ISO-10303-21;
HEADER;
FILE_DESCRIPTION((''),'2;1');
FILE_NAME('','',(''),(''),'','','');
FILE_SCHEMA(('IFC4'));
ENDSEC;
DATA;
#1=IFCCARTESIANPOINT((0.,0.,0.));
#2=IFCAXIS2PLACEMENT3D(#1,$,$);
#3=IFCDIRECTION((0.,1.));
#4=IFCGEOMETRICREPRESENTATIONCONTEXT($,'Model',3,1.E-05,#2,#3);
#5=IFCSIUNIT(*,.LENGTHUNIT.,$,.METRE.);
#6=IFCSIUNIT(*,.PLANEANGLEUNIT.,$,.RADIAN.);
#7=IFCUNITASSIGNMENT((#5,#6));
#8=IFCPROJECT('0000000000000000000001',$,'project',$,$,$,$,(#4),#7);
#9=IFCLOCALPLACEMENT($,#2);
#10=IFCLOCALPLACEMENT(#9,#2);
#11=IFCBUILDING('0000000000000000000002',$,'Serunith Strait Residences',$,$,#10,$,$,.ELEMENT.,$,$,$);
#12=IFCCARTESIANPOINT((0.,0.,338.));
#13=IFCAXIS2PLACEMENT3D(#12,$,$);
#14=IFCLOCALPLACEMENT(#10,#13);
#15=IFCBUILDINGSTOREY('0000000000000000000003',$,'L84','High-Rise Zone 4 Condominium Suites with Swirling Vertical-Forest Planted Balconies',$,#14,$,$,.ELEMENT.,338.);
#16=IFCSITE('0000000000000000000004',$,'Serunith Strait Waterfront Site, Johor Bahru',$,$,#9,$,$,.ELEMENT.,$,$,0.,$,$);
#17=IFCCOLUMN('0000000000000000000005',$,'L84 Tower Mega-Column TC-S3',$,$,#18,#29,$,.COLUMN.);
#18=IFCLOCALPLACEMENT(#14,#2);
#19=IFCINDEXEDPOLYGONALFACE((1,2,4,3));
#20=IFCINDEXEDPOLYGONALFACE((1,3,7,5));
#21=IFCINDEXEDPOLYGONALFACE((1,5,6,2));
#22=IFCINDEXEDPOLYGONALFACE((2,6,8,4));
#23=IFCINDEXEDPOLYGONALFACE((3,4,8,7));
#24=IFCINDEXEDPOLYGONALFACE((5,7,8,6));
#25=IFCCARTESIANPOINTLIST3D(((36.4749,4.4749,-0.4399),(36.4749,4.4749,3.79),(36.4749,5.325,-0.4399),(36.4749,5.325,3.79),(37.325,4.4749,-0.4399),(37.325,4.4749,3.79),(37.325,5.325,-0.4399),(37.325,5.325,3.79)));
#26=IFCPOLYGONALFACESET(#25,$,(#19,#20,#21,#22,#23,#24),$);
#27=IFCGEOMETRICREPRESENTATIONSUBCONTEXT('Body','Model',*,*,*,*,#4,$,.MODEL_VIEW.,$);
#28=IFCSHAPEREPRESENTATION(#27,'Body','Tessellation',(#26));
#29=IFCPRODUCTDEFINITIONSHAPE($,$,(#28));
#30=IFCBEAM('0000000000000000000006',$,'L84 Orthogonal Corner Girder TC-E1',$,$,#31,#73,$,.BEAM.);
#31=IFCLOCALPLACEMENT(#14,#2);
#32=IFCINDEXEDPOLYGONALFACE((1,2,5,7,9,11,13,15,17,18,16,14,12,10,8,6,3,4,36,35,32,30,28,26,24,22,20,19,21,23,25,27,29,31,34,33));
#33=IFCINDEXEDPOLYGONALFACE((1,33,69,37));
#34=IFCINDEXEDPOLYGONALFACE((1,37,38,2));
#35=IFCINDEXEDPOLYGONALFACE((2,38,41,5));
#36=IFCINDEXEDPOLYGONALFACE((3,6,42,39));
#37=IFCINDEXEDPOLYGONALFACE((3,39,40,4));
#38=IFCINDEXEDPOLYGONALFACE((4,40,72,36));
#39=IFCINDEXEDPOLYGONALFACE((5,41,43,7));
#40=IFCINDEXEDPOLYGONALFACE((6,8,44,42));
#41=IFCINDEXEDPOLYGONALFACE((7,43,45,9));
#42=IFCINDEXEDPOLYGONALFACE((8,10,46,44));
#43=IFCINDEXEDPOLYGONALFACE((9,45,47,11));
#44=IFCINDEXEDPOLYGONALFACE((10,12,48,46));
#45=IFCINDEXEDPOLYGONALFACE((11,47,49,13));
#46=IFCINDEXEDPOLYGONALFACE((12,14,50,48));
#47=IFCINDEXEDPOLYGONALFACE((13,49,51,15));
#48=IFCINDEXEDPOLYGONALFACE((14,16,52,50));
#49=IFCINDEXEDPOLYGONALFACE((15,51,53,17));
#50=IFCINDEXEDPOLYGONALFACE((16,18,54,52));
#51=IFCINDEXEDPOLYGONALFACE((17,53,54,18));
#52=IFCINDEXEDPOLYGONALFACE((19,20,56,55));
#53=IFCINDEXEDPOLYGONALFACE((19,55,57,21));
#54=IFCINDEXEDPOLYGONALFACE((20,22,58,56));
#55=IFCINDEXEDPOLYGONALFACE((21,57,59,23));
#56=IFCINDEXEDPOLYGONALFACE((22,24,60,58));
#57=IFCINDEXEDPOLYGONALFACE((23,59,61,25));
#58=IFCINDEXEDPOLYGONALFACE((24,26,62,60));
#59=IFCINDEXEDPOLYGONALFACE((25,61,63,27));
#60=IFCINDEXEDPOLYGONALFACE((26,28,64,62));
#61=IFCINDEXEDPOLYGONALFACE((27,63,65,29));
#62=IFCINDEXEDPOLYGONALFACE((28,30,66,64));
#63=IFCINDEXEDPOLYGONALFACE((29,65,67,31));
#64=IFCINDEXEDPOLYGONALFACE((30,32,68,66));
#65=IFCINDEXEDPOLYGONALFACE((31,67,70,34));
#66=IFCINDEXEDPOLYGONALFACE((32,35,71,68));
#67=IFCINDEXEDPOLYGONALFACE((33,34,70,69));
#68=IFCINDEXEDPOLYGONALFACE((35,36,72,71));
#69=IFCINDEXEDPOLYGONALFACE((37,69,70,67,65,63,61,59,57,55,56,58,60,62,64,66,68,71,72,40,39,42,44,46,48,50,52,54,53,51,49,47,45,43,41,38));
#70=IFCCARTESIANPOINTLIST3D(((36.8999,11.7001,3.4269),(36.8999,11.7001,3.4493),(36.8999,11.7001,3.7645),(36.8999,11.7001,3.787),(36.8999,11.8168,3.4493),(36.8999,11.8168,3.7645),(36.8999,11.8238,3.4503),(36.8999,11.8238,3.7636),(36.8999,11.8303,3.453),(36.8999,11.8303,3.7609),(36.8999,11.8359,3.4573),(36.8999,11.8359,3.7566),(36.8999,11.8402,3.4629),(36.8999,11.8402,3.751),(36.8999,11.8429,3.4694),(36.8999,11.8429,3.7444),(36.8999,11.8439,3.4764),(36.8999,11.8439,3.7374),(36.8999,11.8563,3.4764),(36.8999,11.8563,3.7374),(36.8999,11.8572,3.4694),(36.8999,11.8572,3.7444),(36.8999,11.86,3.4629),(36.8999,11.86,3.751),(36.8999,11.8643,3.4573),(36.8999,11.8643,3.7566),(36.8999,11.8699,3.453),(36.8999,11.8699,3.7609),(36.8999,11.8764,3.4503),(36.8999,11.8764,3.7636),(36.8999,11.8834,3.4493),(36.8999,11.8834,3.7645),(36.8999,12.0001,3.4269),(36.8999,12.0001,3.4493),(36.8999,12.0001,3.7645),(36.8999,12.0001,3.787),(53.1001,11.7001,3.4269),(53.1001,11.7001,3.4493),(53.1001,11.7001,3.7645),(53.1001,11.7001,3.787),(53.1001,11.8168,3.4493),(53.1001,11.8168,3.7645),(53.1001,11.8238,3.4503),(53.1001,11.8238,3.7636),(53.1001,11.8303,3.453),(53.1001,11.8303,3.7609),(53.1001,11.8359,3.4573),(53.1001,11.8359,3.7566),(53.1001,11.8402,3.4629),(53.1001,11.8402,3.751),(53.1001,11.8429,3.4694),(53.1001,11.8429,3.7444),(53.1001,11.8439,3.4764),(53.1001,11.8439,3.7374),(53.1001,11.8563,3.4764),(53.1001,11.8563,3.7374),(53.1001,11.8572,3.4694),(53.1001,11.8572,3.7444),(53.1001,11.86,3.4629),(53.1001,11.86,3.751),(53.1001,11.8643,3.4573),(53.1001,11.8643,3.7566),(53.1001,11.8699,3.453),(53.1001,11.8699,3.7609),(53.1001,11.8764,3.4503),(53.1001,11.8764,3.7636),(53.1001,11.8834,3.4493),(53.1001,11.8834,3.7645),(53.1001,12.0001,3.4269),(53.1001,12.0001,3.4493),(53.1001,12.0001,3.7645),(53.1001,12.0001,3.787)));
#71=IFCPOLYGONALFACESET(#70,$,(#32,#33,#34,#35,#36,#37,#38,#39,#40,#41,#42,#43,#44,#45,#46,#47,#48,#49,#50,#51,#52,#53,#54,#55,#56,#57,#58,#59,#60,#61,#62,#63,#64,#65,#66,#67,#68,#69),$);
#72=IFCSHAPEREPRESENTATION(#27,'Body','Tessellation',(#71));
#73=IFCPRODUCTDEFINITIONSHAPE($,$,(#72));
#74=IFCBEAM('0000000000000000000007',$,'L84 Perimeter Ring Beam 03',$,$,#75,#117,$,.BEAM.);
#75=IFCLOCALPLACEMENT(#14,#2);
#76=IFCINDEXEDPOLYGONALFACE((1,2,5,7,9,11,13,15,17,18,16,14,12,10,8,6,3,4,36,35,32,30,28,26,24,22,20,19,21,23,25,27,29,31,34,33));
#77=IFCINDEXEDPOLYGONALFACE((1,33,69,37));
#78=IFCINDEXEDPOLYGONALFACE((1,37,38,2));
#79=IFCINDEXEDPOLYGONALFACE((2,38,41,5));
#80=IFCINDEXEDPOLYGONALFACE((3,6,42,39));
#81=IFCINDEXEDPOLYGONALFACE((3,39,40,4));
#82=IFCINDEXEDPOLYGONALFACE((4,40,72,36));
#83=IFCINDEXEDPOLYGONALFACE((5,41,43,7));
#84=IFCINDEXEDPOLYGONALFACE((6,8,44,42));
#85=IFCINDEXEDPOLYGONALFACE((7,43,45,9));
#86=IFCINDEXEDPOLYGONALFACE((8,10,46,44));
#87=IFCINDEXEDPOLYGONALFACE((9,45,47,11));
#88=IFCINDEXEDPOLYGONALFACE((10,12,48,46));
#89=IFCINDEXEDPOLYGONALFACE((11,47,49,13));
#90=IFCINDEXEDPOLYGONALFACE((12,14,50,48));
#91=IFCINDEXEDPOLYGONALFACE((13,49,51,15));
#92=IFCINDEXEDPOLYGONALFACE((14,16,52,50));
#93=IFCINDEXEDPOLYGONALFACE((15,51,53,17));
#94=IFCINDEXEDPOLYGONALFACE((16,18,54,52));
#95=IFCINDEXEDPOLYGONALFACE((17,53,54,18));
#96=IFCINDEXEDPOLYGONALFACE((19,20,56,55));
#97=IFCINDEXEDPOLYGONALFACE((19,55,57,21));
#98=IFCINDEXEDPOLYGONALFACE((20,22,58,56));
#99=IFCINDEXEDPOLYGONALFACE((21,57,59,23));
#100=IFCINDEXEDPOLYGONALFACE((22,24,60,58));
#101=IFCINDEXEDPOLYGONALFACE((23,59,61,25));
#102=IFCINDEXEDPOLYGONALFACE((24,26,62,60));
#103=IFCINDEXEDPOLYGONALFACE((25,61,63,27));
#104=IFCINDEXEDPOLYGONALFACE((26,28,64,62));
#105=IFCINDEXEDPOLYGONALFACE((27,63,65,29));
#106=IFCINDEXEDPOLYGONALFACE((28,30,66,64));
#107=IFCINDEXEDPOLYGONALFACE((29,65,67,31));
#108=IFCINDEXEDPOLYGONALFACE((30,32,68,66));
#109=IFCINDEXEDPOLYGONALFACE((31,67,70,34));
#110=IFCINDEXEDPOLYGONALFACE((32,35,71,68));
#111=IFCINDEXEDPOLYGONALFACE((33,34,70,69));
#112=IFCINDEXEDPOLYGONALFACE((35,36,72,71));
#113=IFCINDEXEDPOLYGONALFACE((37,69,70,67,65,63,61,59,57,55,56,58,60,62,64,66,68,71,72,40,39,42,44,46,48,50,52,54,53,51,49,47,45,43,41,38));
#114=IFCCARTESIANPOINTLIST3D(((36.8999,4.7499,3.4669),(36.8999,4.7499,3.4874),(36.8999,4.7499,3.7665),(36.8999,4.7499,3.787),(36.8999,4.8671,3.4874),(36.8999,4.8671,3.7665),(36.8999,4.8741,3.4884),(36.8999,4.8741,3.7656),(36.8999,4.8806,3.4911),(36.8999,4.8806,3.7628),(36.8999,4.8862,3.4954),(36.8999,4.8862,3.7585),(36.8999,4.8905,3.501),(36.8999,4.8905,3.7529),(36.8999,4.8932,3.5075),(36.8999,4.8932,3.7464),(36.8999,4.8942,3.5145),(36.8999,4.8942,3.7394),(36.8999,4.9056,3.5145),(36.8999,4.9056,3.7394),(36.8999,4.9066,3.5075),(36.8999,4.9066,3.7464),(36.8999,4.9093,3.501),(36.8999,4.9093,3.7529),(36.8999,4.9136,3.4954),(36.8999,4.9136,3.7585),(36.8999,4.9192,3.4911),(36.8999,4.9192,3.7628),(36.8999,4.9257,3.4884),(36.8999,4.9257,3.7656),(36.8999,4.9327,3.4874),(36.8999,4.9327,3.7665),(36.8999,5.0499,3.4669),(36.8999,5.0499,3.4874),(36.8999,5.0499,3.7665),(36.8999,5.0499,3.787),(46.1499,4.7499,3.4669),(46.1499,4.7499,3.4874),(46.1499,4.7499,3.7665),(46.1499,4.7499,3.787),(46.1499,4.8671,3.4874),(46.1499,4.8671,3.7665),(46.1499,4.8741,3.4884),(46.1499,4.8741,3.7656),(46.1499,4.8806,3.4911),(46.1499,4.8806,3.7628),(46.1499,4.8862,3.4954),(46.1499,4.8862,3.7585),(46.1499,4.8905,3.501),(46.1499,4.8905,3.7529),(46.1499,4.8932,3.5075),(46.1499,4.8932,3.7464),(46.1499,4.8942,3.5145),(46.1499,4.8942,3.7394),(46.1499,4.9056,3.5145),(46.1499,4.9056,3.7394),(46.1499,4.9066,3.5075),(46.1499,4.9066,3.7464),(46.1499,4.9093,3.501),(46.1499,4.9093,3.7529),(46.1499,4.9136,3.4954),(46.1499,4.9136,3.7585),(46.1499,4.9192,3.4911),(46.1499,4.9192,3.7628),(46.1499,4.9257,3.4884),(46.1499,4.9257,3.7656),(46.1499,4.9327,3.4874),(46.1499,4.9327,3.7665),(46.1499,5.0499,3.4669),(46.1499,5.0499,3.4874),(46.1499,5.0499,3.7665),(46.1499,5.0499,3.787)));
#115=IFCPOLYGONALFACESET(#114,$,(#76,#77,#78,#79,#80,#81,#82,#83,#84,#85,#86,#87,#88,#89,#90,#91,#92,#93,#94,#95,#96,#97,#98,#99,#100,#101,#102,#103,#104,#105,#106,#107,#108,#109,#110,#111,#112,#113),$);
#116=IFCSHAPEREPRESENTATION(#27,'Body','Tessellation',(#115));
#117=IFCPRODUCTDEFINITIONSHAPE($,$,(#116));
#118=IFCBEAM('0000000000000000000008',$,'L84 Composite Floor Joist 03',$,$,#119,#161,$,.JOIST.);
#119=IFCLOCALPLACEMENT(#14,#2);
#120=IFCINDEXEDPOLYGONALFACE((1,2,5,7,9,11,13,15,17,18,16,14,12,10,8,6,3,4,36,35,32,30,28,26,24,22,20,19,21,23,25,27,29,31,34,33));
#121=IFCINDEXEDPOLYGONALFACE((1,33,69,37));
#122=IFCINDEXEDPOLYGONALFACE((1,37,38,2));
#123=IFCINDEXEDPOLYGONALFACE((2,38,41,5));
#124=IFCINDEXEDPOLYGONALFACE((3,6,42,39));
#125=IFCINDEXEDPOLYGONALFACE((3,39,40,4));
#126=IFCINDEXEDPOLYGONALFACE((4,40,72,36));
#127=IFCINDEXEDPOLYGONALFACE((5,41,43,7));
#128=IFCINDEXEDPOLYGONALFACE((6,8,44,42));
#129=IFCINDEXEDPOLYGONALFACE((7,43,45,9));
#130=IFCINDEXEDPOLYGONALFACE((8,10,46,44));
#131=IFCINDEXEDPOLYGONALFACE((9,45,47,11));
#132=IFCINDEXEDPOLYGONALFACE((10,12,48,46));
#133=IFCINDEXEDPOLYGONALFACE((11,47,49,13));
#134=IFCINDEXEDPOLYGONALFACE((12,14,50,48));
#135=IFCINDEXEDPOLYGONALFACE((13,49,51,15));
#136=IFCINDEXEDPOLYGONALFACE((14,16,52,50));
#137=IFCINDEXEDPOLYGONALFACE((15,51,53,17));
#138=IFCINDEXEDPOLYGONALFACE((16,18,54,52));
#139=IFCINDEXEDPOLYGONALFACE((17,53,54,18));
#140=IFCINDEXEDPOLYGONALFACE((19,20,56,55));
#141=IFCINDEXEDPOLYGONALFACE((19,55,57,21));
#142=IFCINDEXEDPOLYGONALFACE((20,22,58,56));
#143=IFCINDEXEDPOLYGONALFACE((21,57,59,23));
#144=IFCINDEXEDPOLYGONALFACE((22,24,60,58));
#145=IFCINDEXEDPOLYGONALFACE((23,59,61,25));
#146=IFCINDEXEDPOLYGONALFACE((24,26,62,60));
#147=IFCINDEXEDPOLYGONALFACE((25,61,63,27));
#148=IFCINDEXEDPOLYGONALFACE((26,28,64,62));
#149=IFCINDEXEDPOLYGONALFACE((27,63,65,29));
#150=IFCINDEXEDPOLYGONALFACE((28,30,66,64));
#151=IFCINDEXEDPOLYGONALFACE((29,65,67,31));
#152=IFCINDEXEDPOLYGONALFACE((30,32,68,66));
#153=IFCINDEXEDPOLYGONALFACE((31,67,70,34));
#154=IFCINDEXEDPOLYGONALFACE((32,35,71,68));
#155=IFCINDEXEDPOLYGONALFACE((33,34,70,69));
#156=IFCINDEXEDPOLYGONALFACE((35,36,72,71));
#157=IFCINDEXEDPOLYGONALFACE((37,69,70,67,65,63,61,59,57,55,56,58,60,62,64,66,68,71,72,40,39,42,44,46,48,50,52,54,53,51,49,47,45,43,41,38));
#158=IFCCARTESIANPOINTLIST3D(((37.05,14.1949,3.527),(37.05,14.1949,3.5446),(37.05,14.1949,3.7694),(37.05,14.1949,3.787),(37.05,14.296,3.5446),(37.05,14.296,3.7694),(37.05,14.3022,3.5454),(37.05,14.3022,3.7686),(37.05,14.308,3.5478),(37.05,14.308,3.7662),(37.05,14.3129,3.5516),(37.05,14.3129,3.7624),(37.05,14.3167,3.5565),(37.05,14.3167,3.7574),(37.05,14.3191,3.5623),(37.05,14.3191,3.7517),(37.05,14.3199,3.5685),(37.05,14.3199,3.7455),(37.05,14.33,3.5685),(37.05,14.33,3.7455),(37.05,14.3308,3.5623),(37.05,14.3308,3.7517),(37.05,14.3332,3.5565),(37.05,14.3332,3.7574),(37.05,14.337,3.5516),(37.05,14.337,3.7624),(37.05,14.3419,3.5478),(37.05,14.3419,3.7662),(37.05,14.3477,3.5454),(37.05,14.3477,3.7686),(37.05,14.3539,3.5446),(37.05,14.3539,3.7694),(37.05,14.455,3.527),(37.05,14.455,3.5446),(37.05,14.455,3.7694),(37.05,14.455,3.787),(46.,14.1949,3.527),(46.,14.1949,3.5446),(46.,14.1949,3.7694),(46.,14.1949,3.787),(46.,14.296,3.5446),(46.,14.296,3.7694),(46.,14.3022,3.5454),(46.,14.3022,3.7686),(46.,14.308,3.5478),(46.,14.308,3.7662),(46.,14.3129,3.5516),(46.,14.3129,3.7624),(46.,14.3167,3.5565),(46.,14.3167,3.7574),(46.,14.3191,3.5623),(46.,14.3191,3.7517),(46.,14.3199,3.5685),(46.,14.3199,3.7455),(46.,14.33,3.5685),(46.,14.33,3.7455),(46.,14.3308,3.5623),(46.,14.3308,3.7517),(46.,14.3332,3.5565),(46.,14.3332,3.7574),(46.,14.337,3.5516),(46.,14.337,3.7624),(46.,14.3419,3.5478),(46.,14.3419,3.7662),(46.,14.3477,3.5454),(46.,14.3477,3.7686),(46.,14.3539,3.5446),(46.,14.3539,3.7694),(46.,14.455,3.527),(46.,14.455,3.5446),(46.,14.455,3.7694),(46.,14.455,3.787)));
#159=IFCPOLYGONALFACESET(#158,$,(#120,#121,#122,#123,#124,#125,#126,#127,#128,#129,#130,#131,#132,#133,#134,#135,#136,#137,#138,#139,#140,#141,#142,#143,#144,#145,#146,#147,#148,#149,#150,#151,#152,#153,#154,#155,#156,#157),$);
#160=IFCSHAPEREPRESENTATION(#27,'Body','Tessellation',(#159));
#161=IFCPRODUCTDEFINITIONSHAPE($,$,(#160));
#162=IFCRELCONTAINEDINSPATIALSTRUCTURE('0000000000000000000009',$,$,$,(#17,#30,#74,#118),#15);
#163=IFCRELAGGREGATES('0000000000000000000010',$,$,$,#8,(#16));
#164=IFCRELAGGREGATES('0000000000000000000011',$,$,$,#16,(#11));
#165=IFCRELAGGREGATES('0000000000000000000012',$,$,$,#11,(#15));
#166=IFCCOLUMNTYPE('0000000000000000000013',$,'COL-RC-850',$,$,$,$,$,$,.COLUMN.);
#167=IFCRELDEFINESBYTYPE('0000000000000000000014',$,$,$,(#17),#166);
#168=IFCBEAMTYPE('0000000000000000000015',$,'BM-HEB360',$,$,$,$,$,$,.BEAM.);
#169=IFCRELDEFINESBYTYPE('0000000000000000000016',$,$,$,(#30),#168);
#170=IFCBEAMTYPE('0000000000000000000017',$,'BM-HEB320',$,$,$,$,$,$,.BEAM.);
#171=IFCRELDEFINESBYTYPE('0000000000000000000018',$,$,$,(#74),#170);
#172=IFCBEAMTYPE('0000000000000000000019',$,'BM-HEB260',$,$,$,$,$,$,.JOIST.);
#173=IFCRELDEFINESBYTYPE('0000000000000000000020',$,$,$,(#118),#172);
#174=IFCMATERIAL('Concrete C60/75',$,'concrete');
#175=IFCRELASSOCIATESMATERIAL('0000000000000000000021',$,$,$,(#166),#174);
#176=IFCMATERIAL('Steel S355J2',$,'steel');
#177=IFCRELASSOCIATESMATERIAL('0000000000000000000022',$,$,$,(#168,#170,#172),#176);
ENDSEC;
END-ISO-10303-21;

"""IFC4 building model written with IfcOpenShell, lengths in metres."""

from ifc_helpers import new_model, si_unit, direction, frame, origin, origin_2d, place, context, subcontext, project, spatial, rectangle, i_section, extrude, source, transform, mapped, material, material_profile, profile_set, type_object, element, save


model = new_model("IFC4")

# Units and contexts
model_context = context("Model", 3, precision=1e-05, world=origin(), true_north=direction((0.0, 1.0)))
body_context = subcontext(model_context, "Body", "Model", "MODEL_VIEW")
ifc_project = project(units=[si_unit("LENGTHUNIT", "METRE"), si_unit("PLANEANGLEUNIT", "RADIAN")], contexts=[model_context])

# Site, building, storey
site_placement = place(None, origin())
site = spatial("IfcSite", under=ifc_project, at=site_placement, Name="Serunith Strait Waterfront Site, Johor Bahru", CompositionType="ELEMENT", RefElevation=0.0)
building_placement = place(site_placement, origin())
building = spatial("IfcBuilding", under=site, at=building_placement, Name="Serunith Strait Residences", CompositionType="ELEMENT")
storey_placement = place(building_placement, frame((0.0, 0.0, 338.0)))
storey = spatial("IfcBuildingStorey", under=building, at=storey_placement, Name="L84", Description="High-Rise Zone 4 Condominium Suites with Swirling Vertical-Forest Planted Balconies", CompositionType="ELEMENT", Elevation=338.0)

# Column
ifc_material_1 = material(Name="Concrete C60/75", Category="concrete")
ifc_material_profile_1 = material_profile(ifc_material_1, rectangle(XDim=0.8501, YDim=0.8501, at=origin_2d()), Name="RC 850x850")
ifc_profile_set_1 = profile_set([ifc_material_profile_1], Name="Concrete C60/75")
column_type = type_object("IfcColumnType", Name="COL-RC-850", PredefinedType="COLUMN", material=ifc_profile_set_1)
shared_shape_1 = source(origin(), body_context, "Body", "SweptSolid", [
    extrude(rectangle(XDim=0.8501, YDim=0.8501, at=origin_2d()), origin(), (0.0, 0.0, 1.0), 4.23),
])
column_placement = place(storey_placement, frame((36.8999, 4.8999, -0.4399), z_axis=(0.0, 0.0, 1.0), x_axis=(1.0, 0.0, 0.0)))
element("IfcColumn", 1, at=column_placement, inside=storey, type_object=column_type, Name="L84 Tower Mega-Column TC-S3", PredefinedType="COLUMN", context=body_context, shape_type="MappedRepresentation", body=[
    mapped(shared_shape_1, transform((0.0, 0.0, 0.0), scale=1.0)),
])

# Beams
ifc_material_2 = material(Name="Steel S355J2", Category="steel")
ifc_material_profile_2 = material_profile(ifc_material_2, i_section(OverallWidth=0.3, OverallDepth=0.3601, WebThickness=0.0125, FlangeThickness=0.0225, FilletRadius=0.0271, at=origin_2d()), Name="HEB 360")
ifc_profile_set_2 = profile_set([ifc_material_profile_2], Name="Steel S355J2")
beam_type_1 = type_object("IfcBeamType", Name="BM-HEB360", PredefinedType="BEAM", material=ifc_profile_set_2)
shared_shape_2 = source(origin(), body_context, "Body", "SweptSolid", [
    extrude(i_section(OverallWidth=0.3, OverallDepth=0.3601, WebThickness=0.0125, FlangeThickness=0.0225, FilletRadius=0.0271, at=origin_2d()), origin(), (0.0, 0.0, 1.0), 16.2002),
])
beam_1_placement = place(storey_placement, frame((36.8999, 11.8501, 3.6069), z_axis=(1.0, 0.0, 0.0), x_axis=(0.0, 1.0, 0.0)))
element("IfcBeam", 2, at=beam_1_placement, inside=storey, type_object=beam_type_1, Name="L84 Orthogonal Corner Girder TC-E1", PredefinedType="BEAM", context=body_context, shape_type="MappedRepresentation", body=[
    mapped(shared_shape_2, transform((0.0, 0.0, 0.0), scale=1.0)),
])
ifc_material_profile_3 = material_profile(ifc_material_2, i_section(OverallWidth=0.3, OverallDepth=0.3201, WebThickness=0.0115, FlangeThickness=0.0205, FilletRadius=0.0271, at=origin_2d()), Name="HEB 320")
ifc_profile_set_3 = profile_set([ifc_material_profile_3], Name="Steel S355J2")
beam_type_2 = type_object("IfcBeamType", Name="BM-HEB320", PredefinedType="BEAM", material=ifc_profile_set_3)
shared_shape_3 = source(origin(), body_context, "Body", "SweptSolid", [
    extrude(i_section(OverallWidth=0.3, OverallDepth=0.3201, WebThickness=0.0115, FlangeThickness=0.0205, FilletRadius=0.0271, at=origin_2d()), origin(), (0.0, 0.0, 1.0), 9.25),
])
beam_2_placement = place(storey_placement, frame((36.8999, 4.8999, 3.627), z_axis=(1.0, 0.0, 0.0), x_axis=(0.0, 1.0, 0.0)))
element("IfcBeam", 3, at=beam_2_placement, inside=storey, type_object=beam_type_2, Name="L84 Perimeter Ring Beam 03", PredefinedType="BEAM", context=body_context, shape_type="MappedRepresentation", body=[
    mapped(shared_shape_3, transform((0.0, 0.0, 0.0), scale=1.0)),
])
ifc_material_profile_4 = material_profile(ifc_material_2, i_section(OverallWidth=0.26, OverallDepth=0.26, WebThickness=0.01, FlangeThickness=0.0176, FilletRadius=0.0239, at=origin_2d()), Name="HEB 260")
ifc_profile_set_4 = profile_set([ifc_material_profile_4], Name="Steel S355J2")
beam_type_3 = type_object("IfcBeamType", Name="BM-HEB260", PredefinedType="JOIST", material=ifc_profile_set_4)
shared_shape_4 = source(origin(), body_context, "Body", "SweptSolid", [
    extrude(i_section(OverallWidth=0.26, OverallDepth=0.26, WebThickness=0.01, FlangeThickness=0.0176, FilletRadius=0.0239, at=origin_2d()), origin(), (0.0, 0.0, 1.0), 8.95),
])
beam_3_placement = place(storey_placement, frame((37.05, 14.325, 3.657), z_axis=(1.0, 0.0, 0.0), x_axis=(0.0, 1.0, 0.0)))
element("IfcBeam", 4, at=beam_3_placement, inside=storey, type_object=beam_type_3, Name="L84 Composite Floor Joist 03", PredefinedType="JOIST", context=body_context, shape_type="MappedRepresentation", body=[
    mapped(shared_shape_4, transform((0.0, 0.0, 0.0), scale=1.0)),
])

save(model, "model.ifc")
